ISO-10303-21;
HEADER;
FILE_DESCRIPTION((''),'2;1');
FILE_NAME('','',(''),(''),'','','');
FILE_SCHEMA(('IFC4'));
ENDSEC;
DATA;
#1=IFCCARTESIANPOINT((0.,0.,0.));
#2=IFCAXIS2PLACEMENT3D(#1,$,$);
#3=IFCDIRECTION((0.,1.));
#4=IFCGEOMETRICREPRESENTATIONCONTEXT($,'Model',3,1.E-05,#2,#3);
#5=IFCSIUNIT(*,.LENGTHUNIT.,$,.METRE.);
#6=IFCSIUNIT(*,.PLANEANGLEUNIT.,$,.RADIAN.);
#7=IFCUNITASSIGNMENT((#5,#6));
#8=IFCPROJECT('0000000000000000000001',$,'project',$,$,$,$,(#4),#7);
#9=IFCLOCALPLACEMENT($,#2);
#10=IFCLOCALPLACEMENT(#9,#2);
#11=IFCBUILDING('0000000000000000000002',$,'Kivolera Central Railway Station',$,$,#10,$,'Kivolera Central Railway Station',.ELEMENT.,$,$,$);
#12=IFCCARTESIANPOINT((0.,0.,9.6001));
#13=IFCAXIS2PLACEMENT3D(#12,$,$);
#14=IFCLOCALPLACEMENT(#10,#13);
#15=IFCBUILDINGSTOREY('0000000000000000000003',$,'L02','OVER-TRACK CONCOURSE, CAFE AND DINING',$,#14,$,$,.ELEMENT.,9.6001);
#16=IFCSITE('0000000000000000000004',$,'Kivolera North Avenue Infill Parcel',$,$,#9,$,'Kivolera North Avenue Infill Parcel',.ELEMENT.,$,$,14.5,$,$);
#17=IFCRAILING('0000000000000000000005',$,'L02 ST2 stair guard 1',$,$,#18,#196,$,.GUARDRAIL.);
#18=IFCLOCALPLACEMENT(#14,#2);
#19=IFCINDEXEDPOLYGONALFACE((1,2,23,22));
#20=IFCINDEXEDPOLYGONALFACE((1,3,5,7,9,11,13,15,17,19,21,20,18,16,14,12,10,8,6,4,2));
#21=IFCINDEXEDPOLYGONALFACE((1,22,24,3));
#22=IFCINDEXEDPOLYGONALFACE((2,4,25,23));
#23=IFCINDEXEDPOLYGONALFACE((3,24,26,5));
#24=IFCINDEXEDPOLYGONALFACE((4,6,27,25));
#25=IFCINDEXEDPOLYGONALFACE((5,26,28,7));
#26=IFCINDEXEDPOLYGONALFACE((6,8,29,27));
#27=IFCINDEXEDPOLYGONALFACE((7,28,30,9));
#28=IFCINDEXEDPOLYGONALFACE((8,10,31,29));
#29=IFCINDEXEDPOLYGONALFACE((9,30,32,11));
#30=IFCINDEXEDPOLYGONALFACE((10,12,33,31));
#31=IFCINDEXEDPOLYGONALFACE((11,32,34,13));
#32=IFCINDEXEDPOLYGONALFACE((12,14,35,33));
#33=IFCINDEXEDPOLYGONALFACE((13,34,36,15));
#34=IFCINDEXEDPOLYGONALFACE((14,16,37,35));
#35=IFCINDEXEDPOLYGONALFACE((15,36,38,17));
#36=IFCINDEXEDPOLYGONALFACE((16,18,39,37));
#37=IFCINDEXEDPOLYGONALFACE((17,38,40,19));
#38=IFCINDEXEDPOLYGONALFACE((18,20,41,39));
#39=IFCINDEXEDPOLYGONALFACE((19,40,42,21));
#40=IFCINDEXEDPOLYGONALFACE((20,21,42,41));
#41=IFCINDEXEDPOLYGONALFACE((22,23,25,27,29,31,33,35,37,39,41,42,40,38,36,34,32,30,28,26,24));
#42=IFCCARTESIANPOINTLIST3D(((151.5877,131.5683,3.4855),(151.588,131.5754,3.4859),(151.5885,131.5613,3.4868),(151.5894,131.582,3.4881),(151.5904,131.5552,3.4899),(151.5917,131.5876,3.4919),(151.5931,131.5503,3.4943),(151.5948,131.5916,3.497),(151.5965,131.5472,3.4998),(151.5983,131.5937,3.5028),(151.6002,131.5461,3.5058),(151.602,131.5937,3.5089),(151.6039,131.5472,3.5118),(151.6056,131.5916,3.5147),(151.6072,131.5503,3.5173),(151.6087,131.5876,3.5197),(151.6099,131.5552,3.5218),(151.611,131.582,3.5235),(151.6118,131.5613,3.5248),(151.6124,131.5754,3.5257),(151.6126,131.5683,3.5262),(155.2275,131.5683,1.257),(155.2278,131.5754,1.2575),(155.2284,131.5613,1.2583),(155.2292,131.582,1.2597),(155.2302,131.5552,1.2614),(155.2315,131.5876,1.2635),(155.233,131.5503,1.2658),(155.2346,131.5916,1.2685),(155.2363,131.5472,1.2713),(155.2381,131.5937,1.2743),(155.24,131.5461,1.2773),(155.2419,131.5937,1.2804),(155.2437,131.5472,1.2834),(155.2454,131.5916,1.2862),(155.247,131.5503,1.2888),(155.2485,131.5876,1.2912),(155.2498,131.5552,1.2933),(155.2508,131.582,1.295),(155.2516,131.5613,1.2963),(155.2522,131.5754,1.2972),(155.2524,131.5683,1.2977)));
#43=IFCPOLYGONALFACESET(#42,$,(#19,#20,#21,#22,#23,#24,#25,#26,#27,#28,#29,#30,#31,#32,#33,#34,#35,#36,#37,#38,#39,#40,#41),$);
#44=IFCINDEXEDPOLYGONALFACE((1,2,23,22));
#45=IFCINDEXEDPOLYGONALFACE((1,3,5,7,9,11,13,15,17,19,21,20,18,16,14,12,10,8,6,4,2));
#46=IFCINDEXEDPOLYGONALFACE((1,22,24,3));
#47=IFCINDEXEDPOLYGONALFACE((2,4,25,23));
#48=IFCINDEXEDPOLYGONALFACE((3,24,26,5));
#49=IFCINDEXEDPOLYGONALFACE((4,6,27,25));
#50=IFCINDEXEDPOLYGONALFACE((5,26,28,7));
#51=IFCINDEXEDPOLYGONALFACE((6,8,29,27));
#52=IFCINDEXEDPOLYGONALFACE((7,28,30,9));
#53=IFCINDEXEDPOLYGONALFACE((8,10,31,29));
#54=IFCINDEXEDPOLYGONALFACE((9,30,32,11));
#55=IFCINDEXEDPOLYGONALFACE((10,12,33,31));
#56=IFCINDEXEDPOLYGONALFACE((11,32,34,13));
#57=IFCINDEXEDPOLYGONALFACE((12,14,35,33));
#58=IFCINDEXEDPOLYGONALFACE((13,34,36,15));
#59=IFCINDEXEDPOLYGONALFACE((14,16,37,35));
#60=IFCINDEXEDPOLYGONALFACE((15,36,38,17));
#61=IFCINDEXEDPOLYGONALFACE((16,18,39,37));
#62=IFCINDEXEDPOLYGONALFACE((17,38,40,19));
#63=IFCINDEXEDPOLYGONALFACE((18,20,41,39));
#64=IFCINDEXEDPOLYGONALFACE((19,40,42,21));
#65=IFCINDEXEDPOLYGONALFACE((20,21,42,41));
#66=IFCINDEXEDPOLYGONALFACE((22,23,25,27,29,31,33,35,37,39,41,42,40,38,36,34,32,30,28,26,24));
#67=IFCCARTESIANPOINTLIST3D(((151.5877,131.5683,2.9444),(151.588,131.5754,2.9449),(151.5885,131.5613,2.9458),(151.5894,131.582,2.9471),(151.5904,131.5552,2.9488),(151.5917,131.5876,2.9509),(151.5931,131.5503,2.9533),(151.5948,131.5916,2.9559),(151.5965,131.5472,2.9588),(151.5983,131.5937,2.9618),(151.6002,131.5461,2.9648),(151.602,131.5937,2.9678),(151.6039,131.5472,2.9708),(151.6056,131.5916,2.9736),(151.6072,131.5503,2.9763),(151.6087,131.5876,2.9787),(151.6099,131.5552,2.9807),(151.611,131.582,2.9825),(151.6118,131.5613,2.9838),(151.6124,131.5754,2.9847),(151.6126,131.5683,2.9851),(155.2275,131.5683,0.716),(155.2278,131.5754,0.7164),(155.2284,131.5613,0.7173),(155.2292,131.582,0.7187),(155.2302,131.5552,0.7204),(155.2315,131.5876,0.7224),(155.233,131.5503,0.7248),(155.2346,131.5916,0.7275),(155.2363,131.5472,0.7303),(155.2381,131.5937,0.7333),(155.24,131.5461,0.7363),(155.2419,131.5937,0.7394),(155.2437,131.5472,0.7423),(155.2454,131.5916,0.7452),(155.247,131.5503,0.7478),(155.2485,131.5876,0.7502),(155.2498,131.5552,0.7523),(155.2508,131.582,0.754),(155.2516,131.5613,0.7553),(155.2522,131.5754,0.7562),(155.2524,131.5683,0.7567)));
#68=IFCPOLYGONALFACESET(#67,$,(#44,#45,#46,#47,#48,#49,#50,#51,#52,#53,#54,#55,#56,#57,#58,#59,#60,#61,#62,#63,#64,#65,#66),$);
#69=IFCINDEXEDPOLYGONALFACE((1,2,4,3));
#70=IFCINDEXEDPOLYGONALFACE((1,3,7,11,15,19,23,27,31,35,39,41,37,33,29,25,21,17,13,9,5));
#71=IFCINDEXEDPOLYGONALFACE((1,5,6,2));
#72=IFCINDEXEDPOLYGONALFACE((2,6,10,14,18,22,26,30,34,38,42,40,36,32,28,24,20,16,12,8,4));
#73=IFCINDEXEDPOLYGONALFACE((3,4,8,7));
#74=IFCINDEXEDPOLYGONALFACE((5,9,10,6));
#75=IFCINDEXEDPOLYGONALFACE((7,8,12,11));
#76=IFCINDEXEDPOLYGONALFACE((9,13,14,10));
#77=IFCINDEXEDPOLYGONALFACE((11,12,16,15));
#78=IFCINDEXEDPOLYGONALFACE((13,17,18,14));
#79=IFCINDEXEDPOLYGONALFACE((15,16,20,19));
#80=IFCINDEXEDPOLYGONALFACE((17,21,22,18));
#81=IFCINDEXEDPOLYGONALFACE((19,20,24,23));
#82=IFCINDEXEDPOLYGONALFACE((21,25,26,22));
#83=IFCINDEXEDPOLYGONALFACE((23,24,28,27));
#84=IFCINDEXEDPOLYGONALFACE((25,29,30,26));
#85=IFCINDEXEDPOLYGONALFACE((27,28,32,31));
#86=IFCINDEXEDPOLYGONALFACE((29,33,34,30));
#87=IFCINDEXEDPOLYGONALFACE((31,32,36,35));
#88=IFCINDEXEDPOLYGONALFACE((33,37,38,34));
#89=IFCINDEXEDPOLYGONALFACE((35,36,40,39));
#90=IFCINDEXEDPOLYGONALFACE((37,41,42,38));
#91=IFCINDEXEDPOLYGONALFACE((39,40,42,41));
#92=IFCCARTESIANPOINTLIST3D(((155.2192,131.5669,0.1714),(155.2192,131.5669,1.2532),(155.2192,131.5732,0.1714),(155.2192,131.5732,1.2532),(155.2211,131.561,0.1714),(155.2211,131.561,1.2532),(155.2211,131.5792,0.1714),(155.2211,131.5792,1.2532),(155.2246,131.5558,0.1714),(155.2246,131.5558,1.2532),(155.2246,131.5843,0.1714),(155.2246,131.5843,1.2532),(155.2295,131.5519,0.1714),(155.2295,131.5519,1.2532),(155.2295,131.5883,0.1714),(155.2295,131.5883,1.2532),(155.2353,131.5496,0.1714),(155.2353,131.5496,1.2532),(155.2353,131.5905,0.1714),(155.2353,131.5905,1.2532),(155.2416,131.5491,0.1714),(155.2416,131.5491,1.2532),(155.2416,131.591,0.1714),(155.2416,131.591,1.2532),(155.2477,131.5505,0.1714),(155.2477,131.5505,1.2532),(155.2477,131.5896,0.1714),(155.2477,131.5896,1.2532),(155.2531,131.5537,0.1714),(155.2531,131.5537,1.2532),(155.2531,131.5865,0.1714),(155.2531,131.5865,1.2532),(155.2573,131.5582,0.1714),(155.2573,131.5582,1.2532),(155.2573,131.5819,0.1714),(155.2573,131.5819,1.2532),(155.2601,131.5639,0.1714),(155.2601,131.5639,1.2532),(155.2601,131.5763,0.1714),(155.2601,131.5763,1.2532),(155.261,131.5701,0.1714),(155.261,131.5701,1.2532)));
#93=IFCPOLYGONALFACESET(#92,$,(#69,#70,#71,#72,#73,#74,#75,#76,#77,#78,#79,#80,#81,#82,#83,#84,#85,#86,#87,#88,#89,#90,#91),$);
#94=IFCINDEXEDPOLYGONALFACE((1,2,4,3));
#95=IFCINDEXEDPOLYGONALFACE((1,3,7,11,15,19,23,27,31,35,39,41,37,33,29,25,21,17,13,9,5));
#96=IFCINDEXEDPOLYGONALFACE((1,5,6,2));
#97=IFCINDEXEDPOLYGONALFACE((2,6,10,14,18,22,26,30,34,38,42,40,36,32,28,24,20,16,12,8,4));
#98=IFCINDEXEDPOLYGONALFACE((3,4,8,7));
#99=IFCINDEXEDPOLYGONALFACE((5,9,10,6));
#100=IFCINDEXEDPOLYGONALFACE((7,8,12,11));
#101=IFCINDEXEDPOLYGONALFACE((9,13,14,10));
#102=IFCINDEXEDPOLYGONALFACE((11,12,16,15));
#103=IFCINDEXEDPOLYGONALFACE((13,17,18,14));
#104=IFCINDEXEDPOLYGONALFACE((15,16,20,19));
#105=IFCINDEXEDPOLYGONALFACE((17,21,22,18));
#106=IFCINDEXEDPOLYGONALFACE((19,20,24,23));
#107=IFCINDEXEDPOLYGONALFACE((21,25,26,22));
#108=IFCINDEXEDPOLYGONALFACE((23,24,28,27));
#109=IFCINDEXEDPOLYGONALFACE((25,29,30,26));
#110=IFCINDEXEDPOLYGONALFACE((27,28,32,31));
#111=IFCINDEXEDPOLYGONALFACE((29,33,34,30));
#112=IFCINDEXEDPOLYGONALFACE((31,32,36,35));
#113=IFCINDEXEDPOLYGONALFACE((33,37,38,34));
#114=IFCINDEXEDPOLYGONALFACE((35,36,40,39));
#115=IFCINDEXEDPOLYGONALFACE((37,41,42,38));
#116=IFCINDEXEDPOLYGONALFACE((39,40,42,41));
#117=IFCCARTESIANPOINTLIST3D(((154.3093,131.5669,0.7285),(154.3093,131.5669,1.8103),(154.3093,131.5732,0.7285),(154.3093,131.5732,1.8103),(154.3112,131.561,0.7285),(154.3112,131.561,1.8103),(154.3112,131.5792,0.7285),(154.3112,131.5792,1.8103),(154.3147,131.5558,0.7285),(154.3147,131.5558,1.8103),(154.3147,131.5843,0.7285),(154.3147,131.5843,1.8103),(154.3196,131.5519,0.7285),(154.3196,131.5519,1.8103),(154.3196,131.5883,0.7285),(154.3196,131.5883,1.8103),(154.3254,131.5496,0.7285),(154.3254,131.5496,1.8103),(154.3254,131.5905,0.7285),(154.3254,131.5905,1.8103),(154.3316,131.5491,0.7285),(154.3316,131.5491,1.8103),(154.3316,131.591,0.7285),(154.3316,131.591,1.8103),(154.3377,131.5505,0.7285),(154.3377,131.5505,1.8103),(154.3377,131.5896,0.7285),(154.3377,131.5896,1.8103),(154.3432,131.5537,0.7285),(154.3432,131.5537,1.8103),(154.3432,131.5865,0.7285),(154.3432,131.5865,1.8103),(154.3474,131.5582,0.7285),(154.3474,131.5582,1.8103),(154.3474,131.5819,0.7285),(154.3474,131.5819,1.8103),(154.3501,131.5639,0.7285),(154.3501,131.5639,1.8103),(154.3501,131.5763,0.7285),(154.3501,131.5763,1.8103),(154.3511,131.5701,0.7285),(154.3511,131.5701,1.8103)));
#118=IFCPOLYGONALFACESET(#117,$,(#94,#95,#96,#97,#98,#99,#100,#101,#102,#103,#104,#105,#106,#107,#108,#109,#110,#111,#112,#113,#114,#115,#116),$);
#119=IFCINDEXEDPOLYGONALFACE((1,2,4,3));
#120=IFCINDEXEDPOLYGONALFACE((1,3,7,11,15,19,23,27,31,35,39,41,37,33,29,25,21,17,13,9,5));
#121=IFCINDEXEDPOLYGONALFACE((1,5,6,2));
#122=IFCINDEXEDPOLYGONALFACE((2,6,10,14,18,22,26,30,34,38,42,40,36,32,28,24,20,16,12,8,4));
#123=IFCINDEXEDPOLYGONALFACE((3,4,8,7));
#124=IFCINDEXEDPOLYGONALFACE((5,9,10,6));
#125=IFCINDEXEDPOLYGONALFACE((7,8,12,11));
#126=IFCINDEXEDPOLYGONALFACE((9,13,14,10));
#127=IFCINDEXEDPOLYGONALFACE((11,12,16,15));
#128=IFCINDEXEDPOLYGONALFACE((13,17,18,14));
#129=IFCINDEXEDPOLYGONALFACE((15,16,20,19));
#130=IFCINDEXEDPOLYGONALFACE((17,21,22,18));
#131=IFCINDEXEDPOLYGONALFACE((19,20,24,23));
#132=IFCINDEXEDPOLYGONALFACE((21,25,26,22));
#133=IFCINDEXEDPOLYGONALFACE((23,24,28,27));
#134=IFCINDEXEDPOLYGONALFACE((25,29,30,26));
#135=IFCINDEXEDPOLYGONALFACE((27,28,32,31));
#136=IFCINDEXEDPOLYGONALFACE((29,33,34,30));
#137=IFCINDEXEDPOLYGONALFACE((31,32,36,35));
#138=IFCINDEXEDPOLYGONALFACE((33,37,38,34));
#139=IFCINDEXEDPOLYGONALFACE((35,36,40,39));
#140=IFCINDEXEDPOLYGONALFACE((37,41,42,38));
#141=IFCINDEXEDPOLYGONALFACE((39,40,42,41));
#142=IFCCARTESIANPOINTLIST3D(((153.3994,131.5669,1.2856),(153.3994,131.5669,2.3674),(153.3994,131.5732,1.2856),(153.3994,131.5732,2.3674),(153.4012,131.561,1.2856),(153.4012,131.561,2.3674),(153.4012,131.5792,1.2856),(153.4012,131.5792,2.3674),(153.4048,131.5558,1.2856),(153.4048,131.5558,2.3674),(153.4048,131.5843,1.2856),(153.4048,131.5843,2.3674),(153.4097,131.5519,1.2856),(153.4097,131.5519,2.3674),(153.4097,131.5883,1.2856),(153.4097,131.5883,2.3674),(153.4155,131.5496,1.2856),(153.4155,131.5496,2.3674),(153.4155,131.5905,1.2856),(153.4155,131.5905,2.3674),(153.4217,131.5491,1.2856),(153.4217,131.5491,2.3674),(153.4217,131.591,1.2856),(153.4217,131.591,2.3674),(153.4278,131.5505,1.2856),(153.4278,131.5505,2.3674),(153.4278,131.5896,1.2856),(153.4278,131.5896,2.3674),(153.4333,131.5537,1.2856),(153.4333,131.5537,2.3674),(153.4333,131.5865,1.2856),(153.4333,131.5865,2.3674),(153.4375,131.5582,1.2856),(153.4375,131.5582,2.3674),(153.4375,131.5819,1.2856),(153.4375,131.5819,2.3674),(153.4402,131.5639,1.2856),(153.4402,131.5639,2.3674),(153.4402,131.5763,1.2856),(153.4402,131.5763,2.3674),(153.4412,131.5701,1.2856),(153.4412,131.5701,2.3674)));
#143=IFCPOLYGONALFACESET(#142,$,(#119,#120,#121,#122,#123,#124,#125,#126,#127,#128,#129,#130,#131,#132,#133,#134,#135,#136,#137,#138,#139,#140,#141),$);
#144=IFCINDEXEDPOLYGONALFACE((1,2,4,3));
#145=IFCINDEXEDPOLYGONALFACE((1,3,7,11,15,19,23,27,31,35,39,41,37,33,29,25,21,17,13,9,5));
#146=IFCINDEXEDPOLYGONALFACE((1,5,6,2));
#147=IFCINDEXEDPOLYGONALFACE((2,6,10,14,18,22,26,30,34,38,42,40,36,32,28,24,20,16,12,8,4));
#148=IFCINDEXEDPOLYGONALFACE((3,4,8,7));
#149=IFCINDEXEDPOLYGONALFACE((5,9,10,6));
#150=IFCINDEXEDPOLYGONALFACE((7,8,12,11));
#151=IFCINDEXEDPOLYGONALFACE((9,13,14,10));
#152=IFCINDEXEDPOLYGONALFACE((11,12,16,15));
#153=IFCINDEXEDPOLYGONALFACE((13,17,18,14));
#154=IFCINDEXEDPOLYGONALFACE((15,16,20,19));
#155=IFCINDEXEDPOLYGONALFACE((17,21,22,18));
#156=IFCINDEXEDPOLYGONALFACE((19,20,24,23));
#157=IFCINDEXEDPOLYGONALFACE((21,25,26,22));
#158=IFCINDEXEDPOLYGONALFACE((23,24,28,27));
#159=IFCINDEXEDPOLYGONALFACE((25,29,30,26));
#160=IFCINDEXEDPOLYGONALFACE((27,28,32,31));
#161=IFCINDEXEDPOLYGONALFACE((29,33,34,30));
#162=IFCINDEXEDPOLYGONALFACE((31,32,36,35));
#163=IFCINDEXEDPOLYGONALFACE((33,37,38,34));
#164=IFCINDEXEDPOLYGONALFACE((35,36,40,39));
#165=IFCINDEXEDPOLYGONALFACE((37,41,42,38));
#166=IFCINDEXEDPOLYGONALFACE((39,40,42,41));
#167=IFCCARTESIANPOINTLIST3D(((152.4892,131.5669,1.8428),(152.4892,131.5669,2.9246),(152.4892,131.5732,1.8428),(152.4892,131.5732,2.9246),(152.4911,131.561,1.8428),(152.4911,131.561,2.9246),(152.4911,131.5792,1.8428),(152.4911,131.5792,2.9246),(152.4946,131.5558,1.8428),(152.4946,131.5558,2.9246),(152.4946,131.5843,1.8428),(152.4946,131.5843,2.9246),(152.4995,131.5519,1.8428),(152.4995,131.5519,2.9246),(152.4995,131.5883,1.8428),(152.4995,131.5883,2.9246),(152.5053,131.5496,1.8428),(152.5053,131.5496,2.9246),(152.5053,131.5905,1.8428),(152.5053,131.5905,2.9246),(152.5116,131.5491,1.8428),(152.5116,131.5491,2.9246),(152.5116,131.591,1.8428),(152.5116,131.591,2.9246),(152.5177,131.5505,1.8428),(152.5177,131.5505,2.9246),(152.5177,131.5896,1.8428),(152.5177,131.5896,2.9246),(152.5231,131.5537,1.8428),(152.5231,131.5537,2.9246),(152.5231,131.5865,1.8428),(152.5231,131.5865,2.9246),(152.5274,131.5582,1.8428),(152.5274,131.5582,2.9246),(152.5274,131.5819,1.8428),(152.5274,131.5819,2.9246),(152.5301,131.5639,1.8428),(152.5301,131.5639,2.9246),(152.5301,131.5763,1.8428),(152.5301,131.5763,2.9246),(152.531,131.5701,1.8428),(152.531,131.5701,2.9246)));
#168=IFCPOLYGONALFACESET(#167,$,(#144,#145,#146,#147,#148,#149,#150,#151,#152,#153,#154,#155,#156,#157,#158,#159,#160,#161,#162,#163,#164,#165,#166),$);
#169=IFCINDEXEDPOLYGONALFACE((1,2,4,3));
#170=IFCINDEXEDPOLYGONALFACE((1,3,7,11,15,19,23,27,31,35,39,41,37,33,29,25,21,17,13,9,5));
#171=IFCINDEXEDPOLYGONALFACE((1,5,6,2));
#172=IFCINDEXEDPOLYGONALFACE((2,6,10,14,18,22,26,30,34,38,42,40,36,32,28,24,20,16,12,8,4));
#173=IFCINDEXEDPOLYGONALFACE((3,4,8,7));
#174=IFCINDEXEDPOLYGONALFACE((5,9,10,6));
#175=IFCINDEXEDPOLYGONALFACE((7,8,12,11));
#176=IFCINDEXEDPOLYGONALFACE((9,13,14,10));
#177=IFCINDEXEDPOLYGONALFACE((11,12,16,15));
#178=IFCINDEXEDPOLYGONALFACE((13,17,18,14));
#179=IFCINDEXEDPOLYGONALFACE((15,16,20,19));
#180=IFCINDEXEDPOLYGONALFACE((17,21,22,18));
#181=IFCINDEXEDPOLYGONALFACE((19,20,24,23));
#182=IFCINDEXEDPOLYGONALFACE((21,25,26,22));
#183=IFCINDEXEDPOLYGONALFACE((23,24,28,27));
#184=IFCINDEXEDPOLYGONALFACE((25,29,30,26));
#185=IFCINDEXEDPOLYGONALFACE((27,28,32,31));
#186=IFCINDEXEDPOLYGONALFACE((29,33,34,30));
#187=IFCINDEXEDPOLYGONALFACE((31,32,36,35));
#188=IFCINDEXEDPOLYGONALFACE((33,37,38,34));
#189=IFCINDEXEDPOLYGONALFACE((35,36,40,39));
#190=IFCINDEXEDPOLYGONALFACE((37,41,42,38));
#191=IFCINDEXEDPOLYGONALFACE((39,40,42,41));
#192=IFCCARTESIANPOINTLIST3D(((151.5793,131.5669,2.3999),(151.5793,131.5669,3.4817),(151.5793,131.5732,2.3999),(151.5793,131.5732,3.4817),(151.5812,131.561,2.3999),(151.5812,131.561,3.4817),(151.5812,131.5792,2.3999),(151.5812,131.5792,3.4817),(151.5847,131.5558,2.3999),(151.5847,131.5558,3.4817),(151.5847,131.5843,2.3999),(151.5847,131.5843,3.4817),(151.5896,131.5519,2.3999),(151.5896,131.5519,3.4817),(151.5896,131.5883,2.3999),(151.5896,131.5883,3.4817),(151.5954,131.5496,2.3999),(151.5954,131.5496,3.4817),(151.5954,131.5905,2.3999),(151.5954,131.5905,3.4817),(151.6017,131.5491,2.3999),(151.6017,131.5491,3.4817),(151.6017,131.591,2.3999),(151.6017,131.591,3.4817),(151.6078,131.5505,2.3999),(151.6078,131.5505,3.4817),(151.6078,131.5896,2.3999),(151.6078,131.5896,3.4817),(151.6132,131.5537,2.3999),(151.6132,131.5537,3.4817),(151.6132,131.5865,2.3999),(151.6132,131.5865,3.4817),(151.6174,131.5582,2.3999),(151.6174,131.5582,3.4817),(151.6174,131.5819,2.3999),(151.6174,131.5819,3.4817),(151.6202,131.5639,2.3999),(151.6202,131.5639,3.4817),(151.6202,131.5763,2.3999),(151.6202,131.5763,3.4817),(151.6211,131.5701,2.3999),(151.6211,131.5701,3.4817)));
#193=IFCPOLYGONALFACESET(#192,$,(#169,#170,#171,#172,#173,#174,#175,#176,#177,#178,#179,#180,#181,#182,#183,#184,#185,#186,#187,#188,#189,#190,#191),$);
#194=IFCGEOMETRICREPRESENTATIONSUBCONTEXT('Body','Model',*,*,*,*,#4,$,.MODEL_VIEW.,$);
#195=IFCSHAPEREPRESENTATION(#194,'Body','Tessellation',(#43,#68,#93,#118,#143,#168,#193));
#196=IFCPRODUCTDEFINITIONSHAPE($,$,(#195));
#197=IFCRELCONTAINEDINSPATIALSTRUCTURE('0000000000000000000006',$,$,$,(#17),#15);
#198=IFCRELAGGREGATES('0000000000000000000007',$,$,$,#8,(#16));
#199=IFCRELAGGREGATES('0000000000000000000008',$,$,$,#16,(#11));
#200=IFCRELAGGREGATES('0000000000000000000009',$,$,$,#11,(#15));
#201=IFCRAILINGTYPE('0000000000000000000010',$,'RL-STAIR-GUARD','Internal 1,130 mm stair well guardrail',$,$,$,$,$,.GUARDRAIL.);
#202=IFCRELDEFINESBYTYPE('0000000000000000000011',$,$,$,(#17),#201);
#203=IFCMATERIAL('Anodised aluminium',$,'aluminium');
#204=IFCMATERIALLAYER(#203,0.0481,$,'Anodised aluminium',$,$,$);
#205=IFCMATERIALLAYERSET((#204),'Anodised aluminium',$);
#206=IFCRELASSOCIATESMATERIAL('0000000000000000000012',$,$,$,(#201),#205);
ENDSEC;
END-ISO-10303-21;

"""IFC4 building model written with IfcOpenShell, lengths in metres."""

from ifc_helpers import new_model, si_unit, direction, frame, origin, origin_2d, place, context, subcontext, project, spatial, circle, extrude, material, layer, layer_set, type_object, element, save


model = new_model("IFC4")

# Units and contexts
model_context = context("Model", 3, precision=1e-05, world=origin(), true_north=direction((0.0, 1.0)))
body_context = subcontext(model_context, "Body", "Model", "MODEL_VIEW")
ifc_project = project(units=[si_unit("LENGTHUNIT", "METRE"), si_unit("PLANEANGLEUNIT", "RADIAN")], contexts=[model_context])

# Site, building, storey
site_placement = place(None, origin())
site = spatial("IfcSite", under=ifc_project, at=site_placement, Name="Kivolera North Avenue Infill Parcel", LongName="Kivolera North Avenue Infill Parcel", CompositionType="ELEMENT", RefElevation=14.5)
building_placement = place(site_placement, origin())
building = spatial("IfcBuilding", under=site, at=building_placement, Name="Kivolera Central Railway Station", LongName="Kivolera Central Railway Station", CompositionType="ELEMENT")
storey_placement = place(building_placement, frame((0.0, 0.0, 9.6001)))
storey = spatial("IfcBuildingStorey", under=building, at=storey_placement, Name="L02", Description="OVER-TRACK CONCOURSE, CAFE AND DINING", CompositionType="ELEMENT", Elevation=9.6001)

# Shared definitions
ifc_material_1 = material(Name="Anodised aluminium", Category="aluminium")

# Railing
ifc_layer_1 = layer(ifc_material_1, 0.0481, Name="Anodised aluminium")
ifc_layer_set_1 = layer_set([ifc_layer_1], Name="Anodised aluminium")
railing_type_1 = type_object("IfcRailingType", Name="RL-STAIR-GUARD", Description="Internal 1,130 mm stair well guardrail", PredefinedType="GUARDRAIL", material=ifc_layer_set_1)
railing_1_placement = place(storey_placement, frame((155.24, 131.5701, 0.1714)))
element("IfcRailing", 1, at=railing_1_placement, inside=storey, type_object=railing_type_1, Name="L02 ST2 stair guard 1", PredefinedType="GUARDRAIL", context=body_context, shape_type="SweptSolid", body=[
    extrude(circle(Radius=0.0239, at=origin_2d()), frame((0.0, 0.0, 1.106), z_axis=(-0.85285, 0.0, 0.522156), x_axis=(0.0, -1.0, 0.0)), (0.0, 0.0, 1.0), 4.2678),
    extrude(circle(Radius=0.0239, at=origin_2d()), frame((0.0, 0.0, 0.5649), z_axis=(-0.85285, 0.0, 0.522156), x_axis=(0.0, -1.0, 0.0)), (0.0, 0.0, 1.0), 4.2678),
    extrude(circle(Radius=0.021, at=origin_2d()), origin(), (0.0, 0.0, 1.0), 1.0818),
    extrude(circle(Radius=0.021, at=origin_2d()), frame((-0.9099, 0.0, 0.5571)), (0.0, 0.0, 1.0), 1.0818),
    extrude(circle(Radius=0.021, at=origin_2d()), frame((-1.8198, 0.0, 1.1143)), (0.0, 0.0, 1.0), 1.0818),
    extrude(circle(Radius=0.021, at=origin_2d()), frame((-2.73, 0.0, 1.6714)), (0.0, 0.0, 1.0), 1.0818),
    extrude(circle(Radius=0.021, at=origin_2d()), frame((-3.6399, 0.0, 2.2285)), (0.0, 0.0, 1.0), 1.0818),
])

save(model, "model.ifc")
